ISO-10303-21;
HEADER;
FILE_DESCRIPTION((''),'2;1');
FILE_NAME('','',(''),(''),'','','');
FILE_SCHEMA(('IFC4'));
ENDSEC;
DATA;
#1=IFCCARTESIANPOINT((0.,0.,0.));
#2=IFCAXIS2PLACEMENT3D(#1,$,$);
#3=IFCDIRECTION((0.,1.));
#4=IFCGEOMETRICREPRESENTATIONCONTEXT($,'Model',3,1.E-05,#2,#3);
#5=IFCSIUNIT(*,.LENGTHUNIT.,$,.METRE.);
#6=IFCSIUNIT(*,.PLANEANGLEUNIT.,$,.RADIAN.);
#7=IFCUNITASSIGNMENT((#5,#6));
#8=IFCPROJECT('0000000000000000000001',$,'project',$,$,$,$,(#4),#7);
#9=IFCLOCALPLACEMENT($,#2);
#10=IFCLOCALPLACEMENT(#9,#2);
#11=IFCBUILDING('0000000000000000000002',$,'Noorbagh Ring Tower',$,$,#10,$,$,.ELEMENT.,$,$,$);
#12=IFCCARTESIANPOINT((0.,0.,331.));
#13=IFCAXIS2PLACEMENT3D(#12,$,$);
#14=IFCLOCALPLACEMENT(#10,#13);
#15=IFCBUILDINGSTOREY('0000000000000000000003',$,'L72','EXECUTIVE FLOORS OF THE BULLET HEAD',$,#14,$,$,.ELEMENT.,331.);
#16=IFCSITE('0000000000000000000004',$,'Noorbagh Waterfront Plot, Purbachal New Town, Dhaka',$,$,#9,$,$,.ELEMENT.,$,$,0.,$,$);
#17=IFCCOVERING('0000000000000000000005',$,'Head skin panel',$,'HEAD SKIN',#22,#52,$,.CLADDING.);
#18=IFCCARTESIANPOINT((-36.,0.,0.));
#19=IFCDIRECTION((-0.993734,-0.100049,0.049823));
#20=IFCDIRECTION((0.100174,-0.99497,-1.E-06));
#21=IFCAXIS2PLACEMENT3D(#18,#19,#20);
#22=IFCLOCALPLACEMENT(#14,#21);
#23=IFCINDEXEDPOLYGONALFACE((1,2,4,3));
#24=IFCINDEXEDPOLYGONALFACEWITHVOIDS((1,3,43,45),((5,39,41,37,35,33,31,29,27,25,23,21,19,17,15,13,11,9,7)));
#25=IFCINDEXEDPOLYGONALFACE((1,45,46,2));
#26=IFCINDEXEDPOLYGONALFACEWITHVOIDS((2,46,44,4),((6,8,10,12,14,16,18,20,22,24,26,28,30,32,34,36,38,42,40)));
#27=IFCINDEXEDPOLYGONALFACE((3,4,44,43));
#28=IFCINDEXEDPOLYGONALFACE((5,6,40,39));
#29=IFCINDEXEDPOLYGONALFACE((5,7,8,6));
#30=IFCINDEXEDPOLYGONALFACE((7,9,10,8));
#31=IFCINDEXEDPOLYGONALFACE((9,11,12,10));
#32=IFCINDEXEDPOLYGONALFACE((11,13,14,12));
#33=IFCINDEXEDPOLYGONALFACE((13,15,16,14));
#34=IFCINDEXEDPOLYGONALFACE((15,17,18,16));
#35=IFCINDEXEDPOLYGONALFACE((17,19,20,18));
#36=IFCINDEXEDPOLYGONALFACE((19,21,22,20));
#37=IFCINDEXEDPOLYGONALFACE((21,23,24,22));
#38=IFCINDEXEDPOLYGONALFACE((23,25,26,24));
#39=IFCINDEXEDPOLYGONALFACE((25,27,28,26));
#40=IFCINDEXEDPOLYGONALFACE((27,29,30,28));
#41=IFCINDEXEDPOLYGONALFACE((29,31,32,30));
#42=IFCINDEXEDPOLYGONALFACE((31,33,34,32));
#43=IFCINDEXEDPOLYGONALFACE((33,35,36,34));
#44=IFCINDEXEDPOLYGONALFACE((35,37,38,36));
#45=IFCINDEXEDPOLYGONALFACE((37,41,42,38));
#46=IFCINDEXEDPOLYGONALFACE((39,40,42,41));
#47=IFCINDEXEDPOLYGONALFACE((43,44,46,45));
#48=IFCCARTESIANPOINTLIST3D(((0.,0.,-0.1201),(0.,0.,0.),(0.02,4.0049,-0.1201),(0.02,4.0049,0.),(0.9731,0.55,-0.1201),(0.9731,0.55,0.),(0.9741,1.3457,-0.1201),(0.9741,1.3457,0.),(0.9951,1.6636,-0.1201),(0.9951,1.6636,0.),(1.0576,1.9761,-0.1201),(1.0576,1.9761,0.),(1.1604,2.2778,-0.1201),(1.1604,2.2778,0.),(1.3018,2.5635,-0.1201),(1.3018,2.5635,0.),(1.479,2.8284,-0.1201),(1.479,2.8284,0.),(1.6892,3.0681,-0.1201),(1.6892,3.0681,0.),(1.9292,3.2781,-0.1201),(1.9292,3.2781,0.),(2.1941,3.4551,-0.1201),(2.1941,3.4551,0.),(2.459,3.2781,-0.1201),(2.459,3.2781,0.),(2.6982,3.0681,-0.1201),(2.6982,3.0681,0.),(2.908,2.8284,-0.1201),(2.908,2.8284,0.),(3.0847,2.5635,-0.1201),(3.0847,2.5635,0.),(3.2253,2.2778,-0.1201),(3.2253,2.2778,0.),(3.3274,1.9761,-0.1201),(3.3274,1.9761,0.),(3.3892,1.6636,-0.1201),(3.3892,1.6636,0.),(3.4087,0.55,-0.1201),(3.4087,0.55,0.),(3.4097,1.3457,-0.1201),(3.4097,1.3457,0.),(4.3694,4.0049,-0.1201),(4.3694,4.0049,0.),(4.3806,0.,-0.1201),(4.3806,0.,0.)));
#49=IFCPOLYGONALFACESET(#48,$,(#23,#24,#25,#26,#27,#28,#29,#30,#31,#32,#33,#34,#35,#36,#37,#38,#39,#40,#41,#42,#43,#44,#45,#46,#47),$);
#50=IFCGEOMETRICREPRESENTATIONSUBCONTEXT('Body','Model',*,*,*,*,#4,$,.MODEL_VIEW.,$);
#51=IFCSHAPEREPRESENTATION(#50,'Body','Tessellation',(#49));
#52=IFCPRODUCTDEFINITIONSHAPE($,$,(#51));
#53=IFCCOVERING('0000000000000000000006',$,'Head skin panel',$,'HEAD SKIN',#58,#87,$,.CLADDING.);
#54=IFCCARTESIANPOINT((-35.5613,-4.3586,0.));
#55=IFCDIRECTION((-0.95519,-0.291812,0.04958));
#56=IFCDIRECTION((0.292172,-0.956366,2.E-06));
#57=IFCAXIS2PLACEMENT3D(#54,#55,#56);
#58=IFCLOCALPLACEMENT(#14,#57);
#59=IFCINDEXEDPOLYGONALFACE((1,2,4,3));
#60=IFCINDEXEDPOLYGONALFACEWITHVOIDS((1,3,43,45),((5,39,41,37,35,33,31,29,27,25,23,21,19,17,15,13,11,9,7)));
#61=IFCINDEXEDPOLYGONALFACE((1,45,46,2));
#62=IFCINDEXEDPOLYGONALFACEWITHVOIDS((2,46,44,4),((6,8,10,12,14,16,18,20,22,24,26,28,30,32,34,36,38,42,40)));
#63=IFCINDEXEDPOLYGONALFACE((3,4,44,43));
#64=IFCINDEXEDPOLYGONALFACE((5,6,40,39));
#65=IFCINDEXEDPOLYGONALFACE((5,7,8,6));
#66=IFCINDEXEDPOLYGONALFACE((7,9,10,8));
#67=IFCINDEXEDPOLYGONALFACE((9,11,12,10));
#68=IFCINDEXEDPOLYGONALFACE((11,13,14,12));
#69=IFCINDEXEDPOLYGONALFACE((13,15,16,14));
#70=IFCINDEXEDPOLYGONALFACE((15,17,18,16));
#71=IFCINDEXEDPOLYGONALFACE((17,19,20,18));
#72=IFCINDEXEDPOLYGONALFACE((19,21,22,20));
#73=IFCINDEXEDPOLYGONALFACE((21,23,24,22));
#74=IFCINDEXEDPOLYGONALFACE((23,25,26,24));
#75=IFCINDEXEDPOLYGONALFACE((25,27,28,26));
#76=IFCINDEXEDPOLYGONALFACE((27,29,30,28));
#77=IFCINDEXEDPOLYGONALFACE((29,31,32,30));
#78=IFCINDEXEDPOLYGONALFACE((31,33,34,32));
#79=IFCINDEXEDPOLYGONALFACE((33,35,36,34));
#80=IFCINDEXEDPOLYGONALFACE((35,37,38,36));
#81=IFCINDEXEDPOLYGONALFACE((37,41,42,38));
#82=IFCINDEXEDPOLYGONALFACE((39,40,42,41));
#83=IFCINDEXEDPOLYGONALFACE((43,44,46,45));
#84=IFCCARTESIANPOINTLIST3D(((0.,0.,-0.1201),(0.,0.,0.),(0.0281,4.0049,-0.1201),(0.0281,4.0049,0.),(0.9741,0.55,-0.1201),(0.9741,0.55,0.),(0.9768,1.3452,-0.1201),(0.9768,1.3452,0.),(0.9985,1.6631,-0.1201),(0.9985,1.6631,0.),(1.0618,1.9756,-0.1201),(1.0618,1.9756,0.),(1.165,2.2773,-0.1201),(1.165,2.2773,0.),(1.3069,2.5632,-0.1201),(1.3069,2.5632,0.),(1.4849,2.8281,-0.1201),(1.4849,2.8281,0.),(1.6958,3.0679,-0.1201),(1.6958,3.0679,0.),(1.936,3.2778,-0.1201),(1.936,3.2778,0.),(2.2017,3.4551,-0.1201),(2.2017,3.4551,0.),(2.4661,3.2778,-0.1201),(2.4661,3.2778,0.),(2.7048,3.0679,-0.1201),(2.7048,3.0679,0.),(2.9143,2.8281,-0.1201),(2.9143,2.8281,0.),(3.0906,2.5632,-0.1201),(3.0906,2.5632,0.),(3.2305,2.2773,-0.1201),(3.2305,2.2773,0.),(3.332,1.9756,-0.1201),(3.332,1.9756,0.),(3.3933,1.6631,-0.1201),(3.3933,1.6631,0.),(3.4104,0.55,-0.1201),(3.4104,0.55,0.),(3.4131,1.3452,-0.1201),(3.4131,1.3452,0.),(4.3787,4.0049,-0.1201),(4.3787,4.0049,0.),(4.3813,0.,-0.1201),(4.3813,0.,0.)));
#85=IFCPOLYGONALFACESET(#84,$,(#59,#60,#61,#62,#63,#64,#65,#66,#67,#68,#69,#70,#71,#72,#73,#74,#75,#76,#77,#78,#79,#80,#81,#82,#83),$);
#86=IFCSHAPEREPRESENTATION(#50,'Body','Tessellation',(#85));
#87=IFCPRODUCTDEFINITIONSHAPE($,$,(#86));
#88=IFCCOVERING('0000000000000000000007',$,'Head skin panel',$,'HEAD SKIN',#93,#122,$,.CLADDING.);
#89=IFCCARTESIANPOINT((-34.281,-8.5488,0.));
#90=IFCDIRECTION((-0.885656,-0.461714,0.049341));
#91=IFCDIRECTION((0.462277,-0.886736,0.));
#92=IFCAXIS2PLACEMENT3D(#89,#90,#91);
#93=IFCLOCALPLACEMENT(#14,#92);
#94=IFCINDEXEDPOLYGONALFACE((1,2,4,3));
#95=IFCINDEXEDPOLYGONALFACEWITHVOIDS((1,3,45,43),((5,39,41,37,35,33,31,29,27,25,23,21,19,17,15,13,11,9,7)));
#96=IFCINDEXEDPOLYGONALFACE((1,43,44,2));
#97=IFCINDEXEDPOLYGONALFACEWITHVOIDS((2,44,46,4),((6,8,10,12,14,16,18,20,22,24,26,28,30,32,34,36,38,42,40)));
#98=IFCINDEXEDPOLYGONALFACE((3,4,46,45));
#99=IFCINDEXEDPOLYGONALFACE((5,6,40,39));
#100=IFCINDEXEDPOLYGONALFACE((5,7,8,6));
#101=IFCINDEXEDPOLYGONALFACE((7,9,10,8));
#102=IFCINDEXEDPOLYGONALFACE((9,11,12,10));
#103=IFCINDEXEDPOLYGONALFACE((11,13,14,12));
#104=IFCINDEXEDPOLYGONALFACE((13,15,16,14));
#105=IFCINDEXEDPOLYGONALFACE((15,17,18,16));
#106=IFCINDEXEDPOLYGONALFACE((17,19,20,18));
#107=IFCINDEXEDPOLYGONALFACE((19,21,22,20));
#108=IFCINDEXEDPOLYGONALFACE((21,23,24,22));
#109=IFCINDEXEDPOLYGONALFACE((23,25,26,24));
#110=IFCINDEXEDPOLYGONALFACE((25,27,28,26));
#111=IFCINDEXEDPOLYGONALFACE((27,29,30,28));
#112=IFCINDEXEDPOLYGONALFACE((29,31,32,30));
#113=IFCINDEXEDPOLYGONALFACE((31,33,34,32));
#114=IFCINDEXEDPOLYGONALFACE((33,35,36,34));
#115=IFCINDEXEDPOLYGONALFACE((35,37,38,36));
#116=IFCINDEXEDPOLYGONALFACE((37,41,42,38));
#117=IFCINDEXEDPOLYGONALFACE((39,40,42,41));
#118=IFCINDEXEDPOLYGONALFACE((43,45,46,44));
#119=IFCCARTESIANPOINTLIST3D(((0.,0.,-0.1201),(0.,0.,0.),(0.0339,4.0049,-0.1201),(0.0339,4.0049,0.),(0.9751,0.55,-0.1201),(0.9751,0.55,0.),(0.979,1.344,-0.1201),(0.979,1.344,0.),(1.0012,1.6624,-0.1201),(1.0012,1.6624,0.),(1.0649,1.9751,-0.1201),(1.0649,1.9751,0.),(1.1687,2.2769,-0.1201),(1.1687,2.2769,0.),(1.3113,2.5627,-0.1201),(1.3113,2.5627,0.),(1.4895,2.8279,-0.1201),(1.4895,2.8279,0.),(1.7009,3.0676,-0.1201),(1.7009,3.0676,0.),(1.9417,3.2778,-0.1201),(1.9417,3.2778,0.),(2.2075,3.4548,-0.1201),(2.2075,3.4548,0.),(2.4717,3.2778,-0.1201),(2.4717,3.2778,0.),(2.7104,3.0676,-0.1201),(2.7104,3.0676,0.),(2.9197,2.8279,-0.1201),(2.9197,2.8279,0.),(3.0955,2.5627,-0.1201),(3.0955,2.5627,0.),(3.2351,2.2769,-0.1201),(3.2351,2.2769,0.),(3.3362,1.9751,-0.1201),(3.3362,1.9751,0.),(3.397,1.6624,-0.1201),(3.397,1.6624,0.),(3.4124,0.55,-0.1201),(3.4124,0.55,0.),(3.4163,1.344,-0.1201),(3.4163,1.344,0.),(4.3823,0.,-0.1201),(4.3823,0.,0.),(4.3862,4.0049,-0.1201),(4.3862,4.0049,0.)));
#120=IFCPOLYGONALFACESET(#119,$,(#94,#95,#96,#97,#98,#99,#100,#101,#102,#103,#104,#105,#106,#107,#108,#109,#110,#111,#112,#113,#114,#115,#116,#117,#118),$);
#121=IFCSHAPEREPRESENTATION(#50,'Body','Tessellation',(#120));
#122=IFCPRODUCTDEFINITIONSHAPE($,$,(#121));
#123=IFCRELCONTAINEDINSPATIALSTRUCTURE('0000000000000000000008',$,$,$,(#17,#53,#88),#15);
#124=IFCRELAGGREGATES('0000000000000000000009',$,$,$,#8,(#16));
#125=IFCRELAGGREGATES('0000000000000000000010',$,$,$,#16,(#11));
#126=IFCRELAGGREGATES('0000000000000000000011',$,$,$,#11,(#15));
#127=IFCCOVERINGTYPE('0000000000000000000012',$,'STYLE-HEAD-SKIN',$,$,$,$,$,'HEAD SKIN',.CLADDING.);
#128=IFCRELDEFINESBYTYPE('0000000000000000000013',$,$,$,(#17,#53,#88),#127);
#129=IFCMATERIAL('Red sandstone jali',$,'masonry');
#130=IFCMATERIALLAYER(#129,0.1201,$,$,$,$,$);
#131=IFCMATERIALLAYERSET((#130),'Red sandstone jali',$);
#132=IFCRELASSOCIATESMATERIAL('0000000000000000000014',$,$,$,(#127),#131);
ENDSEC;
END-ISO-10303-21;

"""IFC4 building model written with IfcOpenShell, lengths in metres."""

from ifc_helpers import new_model, si_unit, direction, frame, origin, place, context, subcontext, project, spatial, polyline, outline, extrude, material, layer, layer_set, type_object, element, save


model = new_model("IFC4")

# Units and contexts
model_context = context("Model", 3, precision=1e-05, world=origin(), true_north=direction((0.0, 1.0)))
body_context = subcontext(model_context, "Body", "Model", "MODEL_VIEW")
ifc_project = project(units=[si_unit("LENGTHUNIT", "METRE"), si_unit("PLANEANGLEUNIT", "RADIAN")], contexts=[model_context])

# Site, building, storey
site_placement = place(None, origin())
site = spatial("IfcSite", under=ifc_project, at=site_placement, Name="Noorbagh Waterfront Plot, Purbachal New Town, Dhaka", CompositionType="ELEMENT", RefElevation=0.0)
building_placement = place(site_placement, origin())
building = spatial("IfcBuilding", under=site, at=building_placement, Name="Noorbagh Ring Tower", CompositionType="ELEMENT")
storey_placement = place(building_placement, frame((0.0, 0.0, 331.0)))
storey = spatial("IfcBuildingStorey", under=building, at=storey_placement, Name="L72", Description="EXECUTIVE FLOORS OF THE BULLET HEAD", CompositionType="ELEMENT", Elevation=331.0)

# Coverings
ifc_material_1 = material(Name="Red sandstone jali", Category="masonry")
ifc_layer_1 = layer(ifc_material_1, 0.1201)
ifc_layer_set_1 = layer_set([ifc_layer_1], Name="Red sandstone jali")
covering_type_1 = type_object("IfcCoveringType", Name="STYLE-HEAD-SKIN", ElementType="HEAD SKIN", PredefinedType="CLADDING", material=ifc_layer_set_1)
covering_1_placement = place(storey_placement, frame((-36.0, 0.0, 0.0), z_axis=(-0.993734, -0.100049, 0.049823), x_axis=(0.100174, -0.99497, -0.000001)))
element("IfcCovering", 1, at=covering_1_placement, inside=storey, type_object=covering_type_1, Name="Head skin panel", ObjectType="HEAD SKIN", PredefinedType="CLADDING", context=body_context, shape_type="SweptSolid", body=[
    extrude(outline(polyline([(0.0, 0.0), (4.3806, 0.0), (4.3694, 4.0049), (0.02, 4.0049), (0.0, 0.0)]), holes=[polyline([(0.9731, 0.55), (0.9741, 1.3457), (0.9951, 1.6636), (1.0576, 1.9761), (1.1604, 2.2778), (1.3018, 2.5635), (1.479, 2.8284), (1.6892, 3.0681), (1.9292, 3.2781), (2.1941, 3.4551), (2.459, 3.2781), (2.6982, 3.0681), (2.908, 2.8284), (3.0847, 2.5635), (3.2253, 2.2778), (3.3274, 1.9761), (3.3892, 1.6636), (3.4097, 1.3457), (3.4087, 0.55), (0.9731, 0.55)])]), origin(), (0.0, 0.0, -1.0), 0.1201),
])
covering_2_placement = place(storey_placement, frame((-35.5613, -4.3586, 0.0), z_axis=(-0.95519, -0.291812, 0.04958), x_axis=(0.292172, -0.956366, 0.000002)))
element("IfcCovering", 2, at=covering_2_placement, inside=storey, type_object=covering_type_1, Name="Head skin panel", ObjectType="HEAD SKIN", PredefinedType="CLADDING", context=body_context, shape_type="SweptSolid", body=[
    extrude(outline(polyline([(0.0, 0.0), (4.3813, 0.0), (4.3787, 4.0049), (0.0281, 4.0049), (0.0, 0.0)]), holes=[polyline([(0.9741, 0.55), (0.9768, 1.3452), (0.9985, 1.6631), (1.0618, 1.9756), (1.165, 2.2773), (1.3069, 2.5632), (1.4849, 2.8281), (1.6958, 3.0679), (1.936, 3.2778), (2.2017, 3.4551), (2.4661, 3.2778), (2.7048, 3.0679), (2.9143, 2.8281), (3.0906, 2.5632), (3.2305, 2.2773), (3.332, 1.9756), (3.3933, 1.6631), (3.4131, 1.3452), (3.4104, 0.55), (0.9741, 0.55)])]), origin(), (0.0, 0.0, -1.0), 0.1201),
])
covering_3_placement = place(storey_placement, frame((-34.281, -8.5488, 0.0), z_axis=(-0.885656, -0.461714, 0.049341), x_axis=(0.462277, -0.886736, 0.0)))
element("IfcCovering", 3, at=covering_3_placement, inside=storey, type_object=covering_type_1, Name="Head skin panel", ObjectType="HEAD SKIN", PredefinedType="CLADDING", context=body_context, shape_type="SweptSolid", body=[
    extrude(outline(polyline([(0.0, 0.0), (4.3823, 0.0), (4.3862, 4.0049), (0.0339, 4.0049), (0.0, 0.0)]), holes=[polyline([(0.9751, 0.55), (0.979, 1.344), (1.0012, 1.6624), (1.0649, 1.9751), (1.1687, 2.2769), (1.3113, 2.5627), (1.4895, 2.8279), (1.7009, 3.0676), (1.9417, 3.2778), (2.2075, 3.4548), (2.4717, 3.2778), (2.7104, 3.0676), (2.9197, 2.8279), (3.0955, 2.5627), (3.2351, 2.2769), (3.3362, 1.9751), (3.397, 1.6624), (3.4163, 1.344), (3.4124, 0.55), (0.9751, 0.55)])]), origin(), (0.0, 0.0, -1.0), 0.1201),
])

save(model, "model.ifc")
